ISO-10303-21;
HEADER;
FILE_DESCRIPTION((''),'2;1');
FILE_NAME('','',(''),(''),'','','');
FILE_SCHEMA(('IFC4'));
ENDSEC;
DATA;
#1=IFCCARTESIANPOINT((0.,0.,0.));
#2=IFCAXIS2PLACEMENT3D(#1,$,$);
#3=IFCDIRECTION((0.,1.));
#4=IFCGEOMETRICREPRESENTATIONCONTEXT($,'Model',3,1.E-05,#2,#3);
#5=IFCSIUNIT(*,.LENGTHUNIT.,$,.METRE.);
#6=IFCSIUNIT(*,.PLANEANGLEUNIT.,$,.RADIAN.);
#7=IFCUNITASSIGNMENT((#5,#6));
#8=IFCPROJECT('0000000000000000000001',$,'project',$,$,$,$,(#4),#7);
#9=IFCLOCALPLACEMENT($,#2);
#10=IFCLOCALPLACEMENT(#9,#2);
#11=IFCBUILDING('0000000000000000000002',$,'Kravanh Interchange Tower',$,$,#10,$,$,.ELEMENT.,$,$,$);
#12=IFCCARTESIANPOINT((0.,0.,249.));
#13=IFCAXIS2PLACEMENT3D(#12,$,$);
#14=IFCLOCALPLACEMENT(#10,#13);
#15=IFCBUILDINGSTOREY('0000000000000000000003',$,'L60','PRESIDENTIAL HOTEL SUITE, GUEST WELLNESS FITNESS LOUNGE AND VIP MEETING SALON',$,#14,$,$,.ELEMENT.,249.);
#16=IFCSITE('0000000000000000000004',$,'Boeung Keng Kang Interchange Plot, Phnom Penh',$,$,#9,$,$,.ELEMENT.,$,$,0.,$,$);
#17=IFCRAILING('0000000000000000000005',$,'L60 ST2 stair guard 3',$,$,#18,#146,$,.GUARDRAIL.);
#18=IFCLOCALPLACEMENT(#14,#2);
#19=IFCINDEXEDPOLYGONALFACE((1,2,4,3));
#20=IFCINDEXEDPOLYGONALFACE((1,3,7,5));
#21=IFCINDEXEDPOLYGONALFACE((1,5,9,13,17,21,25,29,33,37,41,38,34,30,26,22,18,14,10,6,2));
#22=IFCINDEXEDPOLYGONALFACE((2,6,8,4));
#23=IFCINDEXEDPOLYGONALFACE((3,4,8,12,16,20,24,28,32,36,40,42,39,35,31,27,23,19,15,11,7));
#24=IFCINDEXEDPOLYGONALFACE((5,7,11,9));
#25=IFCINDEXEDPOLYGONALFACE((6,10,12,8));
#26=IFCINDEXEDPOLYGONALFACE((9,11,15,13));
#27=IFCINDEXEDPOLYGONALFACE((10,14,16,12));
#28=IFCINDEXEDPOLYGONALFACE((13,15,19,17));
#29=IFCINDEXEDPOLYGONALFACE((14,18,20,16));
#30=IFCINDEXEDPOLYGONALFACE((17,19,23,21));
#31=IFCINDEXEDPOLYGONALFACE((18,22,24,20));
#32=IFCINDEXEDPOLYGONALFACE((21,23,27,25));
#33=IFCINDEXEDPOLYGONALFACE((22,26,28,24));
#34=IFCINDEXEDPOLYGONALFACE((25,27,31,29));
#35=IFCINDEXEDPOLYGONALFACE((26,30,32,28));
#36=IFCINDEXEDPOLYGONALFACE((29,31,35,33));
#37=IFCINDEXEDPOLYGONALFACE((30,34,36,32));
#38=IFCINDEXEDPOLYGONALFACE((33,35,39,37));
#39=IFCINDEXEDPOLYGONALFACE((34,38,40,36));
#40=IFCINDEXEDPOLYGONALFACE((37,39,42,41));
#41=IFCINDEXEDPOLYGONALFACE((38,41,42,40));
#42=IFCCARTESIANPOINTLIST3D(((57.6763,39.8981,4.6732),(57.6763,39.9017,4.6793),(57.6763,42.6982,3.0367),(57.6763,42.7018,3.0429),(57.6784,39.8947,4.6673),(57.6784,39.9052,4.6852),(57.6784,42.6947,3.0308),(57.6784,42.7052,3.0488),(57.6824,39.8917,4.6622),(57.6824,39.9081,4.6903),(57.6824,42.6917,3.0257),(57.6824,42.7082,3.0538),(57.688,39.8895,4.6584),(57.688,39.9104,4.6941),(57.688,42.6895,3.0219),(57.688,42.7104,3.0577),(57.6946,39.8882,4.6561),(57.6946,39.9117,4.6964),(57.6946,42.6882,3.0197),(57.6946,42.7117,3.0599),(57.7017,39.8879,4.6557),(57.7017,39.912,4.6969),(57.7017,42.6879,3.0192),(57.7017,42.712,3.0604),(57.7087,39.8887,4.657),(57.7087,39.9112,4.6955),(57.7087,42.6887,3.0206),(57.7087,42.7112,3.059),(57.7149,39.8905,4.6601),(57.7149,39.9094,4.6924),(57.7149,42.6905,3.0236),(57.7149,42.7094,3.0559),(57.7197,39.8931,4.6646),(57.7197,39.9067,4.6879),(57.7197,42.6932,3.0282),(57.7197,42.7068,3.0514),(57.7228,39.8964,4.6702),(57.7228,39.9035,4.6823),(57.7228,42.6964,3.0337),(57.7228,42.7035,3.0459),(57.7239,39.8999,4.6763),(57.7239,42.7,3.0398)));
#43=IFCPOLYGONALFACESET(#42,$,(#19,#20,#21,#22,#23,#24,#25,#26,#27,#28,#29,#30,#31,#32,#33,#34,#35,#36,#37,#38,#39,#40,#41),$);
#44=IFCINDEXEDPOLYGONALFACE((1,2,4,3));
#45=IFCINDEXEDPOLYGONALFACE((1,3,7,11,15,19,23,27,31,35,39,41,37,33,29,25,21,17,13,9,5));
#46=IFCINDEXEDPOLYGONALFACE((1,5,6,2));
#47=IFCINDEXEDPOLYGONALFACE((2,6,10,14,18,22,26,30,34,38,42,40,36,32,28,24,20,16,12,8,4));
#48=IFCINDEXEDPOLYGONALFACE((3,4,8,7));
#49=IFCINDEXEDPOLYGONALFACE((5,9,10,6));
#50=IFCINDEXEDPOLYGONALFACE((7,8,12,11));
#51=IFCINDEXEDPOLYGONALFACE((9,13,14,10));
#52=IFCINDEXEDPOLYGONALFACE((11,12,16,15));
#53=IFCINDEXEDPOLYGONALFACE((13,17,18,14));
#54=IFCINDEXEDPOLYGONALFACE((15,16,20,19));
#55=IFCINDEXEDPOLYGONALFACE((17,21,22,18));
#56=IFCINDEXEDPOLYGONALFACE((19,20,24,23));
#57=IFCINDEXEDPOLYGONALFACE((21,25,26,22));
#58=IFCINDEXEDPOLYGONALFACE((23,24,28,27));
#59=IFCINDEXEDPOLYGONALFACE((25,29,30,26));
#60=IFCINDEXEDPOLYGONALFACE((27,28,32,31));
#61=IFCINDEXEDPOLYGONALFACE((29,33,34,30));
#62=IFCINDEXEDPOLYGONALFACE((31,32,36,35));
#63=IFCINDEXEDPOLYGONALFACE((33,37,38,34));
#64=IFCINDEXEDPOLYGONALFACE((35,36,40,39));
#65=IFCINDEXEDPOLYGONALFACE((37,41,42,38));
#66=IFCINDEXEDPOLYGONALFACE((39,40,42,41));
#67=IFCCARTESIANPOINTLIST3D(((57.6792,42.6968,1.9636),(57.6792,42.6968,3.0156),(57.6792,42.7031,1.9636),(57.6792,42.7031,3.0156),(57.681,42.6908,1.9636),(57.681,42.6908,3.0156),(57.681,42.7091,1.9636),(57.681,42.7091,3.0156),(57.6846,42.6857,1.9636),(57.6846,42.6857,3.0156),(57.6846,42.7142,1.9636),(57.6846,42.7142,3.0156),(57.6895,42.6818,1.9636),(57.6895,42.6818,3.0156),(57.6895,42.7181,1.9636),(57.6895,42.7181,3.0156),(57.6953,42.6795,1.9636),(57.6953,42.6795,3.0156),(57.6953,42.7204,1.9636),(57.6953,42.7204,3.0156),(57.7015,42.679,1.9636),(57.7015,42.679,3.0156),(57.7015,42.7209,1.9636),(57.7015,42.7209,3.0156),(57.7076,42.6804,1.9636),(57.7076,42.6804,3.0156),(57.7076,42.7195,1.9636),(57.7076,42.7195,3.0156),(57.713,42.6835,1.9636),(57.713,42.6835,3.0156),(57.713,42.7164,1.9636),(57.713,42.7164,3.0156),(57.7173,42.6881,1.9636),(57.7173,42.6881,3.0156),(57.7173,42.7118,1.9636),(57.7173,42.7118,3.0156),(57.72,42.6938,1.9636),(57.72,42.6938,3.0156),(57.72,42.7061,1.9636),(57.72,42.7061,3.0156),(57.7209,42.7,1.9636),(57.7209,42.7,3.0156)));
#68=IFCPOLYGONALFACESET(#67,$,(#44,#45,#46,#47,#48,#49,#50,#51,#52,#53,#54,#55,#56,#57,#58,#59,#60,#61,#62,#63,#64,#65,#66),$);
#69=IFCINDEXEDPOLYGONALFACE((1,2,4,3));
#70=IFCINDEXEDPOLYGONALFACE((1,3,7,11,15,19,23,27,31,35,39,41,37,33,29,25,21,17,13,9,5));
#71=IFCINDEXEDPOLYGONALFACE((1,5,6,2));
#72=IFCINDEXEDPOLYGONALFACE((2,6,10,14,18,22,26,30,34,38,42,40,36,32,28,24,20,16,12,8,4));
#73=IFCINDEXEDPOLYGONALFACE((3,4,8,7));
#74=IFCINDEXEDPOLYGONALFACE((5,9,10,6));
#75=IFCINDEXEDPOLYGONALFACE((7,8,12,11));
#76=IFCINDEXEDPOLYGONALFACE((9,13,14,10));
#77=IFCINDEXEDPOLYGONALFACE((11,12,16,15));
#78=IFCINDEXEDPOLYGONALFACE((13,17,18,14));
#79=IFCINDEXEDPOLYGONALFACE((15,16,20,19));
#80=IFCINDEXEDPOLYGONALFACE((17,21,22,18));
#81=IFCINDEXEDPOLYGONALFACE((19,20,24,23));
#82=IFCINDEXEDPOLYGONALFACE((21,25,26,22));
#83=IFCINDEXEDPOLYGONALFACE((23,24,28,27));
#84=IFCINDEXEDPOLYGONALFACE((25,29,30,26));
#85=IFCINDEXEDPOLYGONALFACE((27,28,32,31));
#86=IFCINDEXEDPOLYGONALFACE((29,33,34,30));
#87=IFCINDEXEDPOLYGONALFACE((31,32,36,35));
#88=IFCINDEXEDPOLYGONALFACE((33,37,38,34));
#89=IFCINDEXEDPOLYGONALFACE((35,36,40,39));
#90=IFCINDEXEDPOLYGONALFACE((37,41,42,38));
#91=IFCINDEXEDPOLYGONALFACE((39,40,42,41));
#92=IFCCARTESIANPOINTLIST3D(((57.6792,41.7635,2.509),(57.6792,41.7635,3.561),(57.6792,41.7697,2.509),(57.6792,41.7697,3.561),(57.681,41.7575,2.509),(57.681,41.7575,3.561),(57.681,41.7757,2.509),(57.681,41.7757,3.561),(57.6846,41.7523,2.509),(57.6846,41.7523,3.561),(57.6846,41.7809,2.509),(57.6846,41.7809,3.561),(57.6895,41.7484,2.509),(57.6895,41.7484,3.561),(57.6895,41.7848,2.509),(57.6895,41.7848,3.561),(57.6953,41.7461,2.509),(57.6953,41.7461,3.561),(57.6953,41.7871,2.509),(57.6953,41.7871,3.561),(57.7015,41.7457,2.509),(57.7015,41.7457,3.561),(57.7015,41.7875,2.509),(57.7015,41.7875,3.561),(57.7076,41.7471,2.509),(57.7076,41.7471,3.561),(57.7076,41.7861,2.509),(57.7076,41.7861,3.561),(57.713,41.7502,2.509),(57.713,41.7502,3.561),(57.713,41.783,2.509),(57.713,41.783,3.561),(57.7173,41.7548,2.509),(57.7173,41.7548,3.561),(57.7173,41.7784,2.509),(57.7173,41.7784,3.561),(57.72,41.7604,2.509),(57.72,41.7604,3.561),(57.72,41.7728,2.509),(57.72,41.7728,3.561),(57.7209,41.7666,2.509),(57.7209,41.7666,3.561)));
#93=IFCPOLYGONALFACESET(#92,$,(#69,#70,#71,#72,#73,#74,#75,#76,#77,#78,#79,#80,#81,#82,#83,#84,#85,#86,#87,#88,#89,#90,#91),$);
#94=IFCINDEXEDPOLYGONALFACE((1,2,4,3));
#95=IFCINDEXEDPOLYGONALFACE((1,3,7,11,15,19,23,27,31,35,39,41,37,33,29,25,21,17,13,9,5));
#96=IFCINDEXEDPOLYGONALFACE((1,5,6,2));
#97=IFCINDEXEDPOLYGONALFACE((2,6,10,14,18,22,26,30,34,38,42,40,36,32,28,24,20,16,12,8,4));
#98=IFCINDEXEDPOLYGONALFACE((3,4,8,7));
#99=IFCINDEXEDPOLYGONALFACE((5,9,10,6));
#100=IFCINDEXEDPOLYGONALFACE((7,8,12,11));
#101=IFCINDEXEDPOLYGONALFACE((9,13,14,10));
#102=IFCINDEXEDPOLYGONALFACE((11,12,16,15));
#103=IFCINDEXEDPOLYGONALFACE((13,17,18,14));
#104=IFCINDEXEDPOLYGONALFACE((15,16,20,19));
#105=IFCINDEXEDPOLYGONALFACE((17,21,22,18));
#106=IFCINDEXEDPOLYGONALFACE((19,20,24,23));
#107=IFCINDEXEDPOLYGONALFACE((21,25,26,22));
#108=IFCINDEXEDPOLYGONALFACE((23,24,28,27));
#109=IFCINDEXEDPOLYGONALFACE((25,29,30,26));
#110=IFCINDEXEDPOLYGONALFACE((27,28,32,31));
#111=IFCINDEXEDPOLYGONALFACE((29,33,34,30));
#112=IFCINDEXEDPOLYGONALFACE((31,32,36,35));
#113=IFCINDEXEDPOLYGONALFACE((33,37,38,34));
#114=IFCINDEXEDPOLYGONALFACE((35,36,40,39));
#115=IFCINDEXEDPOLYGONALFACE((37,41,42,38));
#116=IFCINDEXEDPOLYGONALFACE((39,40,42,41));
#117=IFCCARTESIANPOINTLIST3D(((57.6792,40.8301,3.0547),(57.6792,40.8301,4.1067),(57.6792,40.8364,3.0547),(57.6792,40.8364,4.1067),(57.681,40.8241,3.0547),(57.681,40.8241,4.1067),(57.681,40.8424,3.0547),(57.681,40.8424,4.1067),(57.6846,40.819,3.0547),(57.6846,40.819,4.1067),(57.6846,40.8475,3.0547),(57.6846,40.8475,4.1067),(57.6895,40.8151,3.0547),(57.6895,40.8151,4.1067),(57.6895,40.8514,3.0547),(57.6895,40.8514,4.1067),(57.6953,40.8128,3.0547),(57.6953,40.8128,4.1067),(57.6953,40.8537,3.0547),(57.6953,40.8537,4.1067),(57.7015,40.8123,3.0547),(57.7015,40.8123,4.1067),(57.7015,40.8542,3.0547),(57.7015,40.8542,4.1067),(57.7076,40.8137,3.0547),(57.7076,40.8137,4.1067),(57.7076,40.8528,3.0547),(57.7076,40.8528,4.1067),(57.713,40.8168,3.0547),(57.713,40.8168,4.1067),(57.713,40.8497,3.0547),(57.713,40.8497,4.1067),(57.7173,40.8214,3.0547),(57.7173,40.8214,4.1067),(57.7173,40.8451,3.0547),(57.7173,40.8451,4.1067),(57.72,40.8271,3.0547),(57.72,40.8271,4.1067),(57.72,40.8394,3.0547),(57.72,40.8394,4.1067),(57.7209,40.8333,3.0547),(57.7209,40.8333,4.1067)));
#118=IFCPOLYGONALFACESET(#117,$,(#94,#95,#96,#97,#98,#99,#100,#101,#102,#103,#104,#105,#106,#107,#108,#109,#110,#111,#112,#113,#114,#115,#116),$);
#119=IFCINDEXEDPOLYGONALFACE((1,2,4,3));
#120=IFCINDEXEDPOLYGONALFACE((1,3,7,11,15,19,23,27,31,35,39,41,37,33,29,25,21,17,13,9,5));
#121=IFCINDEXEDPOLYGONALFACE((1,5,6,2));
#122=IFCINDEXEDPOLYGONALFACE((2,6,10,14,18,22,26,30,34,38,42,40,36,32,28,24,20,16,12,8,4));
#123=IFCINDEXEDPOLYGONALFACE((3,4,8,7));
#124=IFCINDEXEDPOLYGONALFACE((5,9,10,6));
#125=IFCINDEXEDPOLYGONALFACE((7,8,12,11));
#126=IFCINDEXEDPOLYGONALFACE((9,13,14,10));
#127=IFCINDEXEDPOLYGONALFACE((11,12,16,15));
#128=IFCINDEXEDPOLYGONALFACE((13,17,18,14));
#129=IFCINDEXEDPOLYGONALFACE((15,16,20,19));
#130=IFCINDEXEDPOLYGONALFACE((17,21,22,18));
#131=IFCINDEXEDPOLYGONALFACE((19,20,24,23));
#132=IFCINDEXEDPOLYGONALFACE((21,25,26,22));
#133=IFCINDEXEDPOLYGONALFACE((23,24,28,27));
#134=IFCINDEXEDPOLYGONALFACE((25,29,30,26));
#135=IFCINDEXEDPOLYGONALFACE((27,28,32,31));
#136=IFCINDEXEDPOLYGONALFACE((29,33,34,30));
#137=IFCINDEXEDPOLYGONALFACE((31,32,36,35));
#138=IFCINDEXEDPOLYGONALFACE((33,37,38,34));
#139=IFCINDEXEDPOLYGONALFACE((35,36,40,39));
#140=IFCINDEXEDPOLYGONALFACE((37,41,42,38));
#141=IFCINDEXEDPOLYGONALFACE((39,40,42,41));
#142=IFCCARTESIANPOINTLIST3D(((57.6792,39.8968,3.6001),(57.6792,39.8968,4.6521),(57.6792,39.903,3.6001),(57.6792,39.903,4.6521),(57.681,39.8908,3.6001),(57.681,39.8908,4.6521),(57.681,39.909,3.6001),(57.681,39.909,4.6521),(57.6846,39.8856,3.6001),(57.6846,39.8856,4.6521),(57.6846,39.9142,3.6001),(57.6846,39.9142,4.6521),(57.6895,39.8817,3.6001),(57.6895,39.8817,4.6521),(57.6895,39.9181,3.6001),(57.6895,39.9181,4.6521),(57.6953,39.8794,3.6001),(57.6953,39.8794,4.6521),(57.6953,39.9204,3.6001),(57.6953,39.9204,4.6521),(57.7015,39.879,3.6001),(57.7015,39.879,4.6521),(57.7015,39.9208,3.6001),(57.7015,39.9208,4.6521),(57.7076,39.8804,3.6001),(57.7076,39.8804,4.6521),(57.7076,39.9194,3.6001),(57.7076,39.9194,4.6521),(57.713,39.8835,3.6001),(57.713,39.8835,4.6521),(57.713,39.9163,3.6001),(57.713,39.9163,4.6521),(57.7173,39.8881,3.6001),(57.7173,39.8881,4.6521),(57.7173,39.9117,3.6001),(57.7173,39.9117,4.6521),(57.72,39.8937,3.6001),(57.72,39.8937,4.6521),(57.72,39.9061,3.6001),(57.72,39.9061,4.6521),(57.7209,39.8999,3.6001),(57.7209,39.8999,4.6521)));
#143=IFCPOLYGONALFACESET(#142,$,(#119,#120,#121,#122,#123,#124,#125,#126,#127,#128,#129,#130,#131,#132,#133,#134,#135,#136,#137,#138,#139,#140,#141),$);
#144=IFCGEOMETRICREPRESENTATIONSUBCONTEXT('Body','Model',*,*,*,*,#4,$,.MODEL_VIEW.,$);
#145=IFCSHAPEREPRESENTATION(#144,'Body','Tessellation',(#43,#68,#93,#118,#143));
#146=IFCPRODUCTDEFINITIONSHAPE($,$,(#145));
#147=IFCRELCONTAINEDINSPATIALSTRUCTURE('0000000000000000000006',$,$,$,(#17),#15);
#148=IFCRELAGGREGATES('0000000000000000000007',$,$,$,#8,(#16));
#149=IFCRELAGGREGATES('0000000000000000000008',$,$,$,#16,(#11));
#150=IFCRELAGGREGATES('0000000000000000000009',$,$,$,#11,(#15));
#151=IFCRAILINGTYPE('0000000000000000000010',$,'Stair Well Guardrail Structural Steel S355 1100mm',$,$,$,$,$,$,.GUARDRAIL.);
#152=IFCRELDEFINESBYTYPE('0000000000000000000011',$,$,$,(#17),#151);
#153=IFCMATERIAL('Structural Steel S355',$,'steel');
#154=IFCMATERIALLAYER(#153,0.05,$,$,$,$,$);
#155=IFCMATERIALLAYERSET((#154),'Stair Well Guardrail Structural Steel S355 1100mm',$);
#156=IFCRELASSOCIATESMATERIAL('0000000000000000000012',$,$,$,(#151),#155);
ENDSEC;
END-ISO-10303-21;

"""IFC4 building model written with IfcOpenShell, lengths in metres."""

from ifc_helpers import new_model, si_unit, direction, frame, origin, origin_2d, place, context, subcontext, project, spatial, circle, extrude, material, layer, layer_set, type_object, element, save


model = new_model("IFC4")

# Units and contexts
model_context = context("Model", 3, precision=1e-05, world=origin(), true_north=direction((0.0, 1.0)))
body_context = subcontext(model_context, "Body", "Model", "MODEL_VIEW")
ifc_project = project(units=[si_unit("LENGTHUNIT", "METRE"), si_unit("PLANEANGLEUNIT", "RADIAN")], contexts=[model_context])

# Site, building, storey
site_placement = place(None, origin())
site = spatial("IfcSite", under=ifc_project, at=site_placement, Name="Boeung Keng Kang Interchange Plot, Phnom Penh", CompositionType="ELEMENT", RefElevation=0.0)
building_placement = place(site_placement, origin())
building = spatial("IfcBuilding", under=site, at=building_placement, Name="Kravanh Interchange Tower", CompositionType="ELEMENT")
storey_placement = place(building_placement, frame((0.0, 0.0, 249.0)))
storey = spatial("IfcBuildingStorey", under=building, at=storey_placement, Name="L60", Description="PRESIDENTIAL HOTEL SUITE, GUEST WELLNESS FITNESS LOUNGE AND VIP MEETING SALON", CompositionType="ELEMENT", Elevation=249.0)

# Railing
ifc_material_1 = material(Name="Structural Steel S355", Category="steel")
ifc_layer_1 = layer(ifc_material_1, 0.05)
ifc_layer_set_1 = layer_set([ifc_layer_1], Name="Stair Well Guardrail Structural Steel S355 1100mm")
railing_type_1 = type_object("IfcRailingType", Name="Stair Well Guardrail Structural Steel S355 1100mm", PredefinedType="GUARDRAIL", material=ifc_layer_set_1)
railing_1_placement = place(storey_placement, frame((57.7, 42.7, 1.9636)))
element("IfcRailing", 1, at=railing_1_placement, inside=storey, type_object=railing_type_1, Name="L60 ST2 stair guard 3", PredefinedType="GUARDRAIL", context=body_context, shape_type="SweptSolid", body=[
    extrude(circle(Radius=0.0239, at=origin_2d()), frame((0.0, 0.0, 1.0762), z_axis=(0.0, -0.863361, 0.504587), x_axis=(1.0, 0.0, 0.0)), (0.0, 0.0, 1.0), 3.2432),
    extrude(circle(Radius=0.021, at=origin_2d()), origin(), (0.0, 0.0, 1.0), 1.052),
    extrude(circle(Radius=0.021, at=origin_2d()), frame((0.0, -0.9333, 0.5454)), (0.0, 0.0, 1.0), 1.052),
    extrude(circle(Radius=0.021, at=origin_2d()), frame((0.0, -1.8667, 1.0911)), (0.0, 0.0, 1.0), 1.052),
    extrude(circle(Radius=0.021, at=origin_2d()), frame((0.0, -2.8, 1.6365)), (0.0, 0.0, 1.0), 1.052),
])

save(model, "model.ifc")
